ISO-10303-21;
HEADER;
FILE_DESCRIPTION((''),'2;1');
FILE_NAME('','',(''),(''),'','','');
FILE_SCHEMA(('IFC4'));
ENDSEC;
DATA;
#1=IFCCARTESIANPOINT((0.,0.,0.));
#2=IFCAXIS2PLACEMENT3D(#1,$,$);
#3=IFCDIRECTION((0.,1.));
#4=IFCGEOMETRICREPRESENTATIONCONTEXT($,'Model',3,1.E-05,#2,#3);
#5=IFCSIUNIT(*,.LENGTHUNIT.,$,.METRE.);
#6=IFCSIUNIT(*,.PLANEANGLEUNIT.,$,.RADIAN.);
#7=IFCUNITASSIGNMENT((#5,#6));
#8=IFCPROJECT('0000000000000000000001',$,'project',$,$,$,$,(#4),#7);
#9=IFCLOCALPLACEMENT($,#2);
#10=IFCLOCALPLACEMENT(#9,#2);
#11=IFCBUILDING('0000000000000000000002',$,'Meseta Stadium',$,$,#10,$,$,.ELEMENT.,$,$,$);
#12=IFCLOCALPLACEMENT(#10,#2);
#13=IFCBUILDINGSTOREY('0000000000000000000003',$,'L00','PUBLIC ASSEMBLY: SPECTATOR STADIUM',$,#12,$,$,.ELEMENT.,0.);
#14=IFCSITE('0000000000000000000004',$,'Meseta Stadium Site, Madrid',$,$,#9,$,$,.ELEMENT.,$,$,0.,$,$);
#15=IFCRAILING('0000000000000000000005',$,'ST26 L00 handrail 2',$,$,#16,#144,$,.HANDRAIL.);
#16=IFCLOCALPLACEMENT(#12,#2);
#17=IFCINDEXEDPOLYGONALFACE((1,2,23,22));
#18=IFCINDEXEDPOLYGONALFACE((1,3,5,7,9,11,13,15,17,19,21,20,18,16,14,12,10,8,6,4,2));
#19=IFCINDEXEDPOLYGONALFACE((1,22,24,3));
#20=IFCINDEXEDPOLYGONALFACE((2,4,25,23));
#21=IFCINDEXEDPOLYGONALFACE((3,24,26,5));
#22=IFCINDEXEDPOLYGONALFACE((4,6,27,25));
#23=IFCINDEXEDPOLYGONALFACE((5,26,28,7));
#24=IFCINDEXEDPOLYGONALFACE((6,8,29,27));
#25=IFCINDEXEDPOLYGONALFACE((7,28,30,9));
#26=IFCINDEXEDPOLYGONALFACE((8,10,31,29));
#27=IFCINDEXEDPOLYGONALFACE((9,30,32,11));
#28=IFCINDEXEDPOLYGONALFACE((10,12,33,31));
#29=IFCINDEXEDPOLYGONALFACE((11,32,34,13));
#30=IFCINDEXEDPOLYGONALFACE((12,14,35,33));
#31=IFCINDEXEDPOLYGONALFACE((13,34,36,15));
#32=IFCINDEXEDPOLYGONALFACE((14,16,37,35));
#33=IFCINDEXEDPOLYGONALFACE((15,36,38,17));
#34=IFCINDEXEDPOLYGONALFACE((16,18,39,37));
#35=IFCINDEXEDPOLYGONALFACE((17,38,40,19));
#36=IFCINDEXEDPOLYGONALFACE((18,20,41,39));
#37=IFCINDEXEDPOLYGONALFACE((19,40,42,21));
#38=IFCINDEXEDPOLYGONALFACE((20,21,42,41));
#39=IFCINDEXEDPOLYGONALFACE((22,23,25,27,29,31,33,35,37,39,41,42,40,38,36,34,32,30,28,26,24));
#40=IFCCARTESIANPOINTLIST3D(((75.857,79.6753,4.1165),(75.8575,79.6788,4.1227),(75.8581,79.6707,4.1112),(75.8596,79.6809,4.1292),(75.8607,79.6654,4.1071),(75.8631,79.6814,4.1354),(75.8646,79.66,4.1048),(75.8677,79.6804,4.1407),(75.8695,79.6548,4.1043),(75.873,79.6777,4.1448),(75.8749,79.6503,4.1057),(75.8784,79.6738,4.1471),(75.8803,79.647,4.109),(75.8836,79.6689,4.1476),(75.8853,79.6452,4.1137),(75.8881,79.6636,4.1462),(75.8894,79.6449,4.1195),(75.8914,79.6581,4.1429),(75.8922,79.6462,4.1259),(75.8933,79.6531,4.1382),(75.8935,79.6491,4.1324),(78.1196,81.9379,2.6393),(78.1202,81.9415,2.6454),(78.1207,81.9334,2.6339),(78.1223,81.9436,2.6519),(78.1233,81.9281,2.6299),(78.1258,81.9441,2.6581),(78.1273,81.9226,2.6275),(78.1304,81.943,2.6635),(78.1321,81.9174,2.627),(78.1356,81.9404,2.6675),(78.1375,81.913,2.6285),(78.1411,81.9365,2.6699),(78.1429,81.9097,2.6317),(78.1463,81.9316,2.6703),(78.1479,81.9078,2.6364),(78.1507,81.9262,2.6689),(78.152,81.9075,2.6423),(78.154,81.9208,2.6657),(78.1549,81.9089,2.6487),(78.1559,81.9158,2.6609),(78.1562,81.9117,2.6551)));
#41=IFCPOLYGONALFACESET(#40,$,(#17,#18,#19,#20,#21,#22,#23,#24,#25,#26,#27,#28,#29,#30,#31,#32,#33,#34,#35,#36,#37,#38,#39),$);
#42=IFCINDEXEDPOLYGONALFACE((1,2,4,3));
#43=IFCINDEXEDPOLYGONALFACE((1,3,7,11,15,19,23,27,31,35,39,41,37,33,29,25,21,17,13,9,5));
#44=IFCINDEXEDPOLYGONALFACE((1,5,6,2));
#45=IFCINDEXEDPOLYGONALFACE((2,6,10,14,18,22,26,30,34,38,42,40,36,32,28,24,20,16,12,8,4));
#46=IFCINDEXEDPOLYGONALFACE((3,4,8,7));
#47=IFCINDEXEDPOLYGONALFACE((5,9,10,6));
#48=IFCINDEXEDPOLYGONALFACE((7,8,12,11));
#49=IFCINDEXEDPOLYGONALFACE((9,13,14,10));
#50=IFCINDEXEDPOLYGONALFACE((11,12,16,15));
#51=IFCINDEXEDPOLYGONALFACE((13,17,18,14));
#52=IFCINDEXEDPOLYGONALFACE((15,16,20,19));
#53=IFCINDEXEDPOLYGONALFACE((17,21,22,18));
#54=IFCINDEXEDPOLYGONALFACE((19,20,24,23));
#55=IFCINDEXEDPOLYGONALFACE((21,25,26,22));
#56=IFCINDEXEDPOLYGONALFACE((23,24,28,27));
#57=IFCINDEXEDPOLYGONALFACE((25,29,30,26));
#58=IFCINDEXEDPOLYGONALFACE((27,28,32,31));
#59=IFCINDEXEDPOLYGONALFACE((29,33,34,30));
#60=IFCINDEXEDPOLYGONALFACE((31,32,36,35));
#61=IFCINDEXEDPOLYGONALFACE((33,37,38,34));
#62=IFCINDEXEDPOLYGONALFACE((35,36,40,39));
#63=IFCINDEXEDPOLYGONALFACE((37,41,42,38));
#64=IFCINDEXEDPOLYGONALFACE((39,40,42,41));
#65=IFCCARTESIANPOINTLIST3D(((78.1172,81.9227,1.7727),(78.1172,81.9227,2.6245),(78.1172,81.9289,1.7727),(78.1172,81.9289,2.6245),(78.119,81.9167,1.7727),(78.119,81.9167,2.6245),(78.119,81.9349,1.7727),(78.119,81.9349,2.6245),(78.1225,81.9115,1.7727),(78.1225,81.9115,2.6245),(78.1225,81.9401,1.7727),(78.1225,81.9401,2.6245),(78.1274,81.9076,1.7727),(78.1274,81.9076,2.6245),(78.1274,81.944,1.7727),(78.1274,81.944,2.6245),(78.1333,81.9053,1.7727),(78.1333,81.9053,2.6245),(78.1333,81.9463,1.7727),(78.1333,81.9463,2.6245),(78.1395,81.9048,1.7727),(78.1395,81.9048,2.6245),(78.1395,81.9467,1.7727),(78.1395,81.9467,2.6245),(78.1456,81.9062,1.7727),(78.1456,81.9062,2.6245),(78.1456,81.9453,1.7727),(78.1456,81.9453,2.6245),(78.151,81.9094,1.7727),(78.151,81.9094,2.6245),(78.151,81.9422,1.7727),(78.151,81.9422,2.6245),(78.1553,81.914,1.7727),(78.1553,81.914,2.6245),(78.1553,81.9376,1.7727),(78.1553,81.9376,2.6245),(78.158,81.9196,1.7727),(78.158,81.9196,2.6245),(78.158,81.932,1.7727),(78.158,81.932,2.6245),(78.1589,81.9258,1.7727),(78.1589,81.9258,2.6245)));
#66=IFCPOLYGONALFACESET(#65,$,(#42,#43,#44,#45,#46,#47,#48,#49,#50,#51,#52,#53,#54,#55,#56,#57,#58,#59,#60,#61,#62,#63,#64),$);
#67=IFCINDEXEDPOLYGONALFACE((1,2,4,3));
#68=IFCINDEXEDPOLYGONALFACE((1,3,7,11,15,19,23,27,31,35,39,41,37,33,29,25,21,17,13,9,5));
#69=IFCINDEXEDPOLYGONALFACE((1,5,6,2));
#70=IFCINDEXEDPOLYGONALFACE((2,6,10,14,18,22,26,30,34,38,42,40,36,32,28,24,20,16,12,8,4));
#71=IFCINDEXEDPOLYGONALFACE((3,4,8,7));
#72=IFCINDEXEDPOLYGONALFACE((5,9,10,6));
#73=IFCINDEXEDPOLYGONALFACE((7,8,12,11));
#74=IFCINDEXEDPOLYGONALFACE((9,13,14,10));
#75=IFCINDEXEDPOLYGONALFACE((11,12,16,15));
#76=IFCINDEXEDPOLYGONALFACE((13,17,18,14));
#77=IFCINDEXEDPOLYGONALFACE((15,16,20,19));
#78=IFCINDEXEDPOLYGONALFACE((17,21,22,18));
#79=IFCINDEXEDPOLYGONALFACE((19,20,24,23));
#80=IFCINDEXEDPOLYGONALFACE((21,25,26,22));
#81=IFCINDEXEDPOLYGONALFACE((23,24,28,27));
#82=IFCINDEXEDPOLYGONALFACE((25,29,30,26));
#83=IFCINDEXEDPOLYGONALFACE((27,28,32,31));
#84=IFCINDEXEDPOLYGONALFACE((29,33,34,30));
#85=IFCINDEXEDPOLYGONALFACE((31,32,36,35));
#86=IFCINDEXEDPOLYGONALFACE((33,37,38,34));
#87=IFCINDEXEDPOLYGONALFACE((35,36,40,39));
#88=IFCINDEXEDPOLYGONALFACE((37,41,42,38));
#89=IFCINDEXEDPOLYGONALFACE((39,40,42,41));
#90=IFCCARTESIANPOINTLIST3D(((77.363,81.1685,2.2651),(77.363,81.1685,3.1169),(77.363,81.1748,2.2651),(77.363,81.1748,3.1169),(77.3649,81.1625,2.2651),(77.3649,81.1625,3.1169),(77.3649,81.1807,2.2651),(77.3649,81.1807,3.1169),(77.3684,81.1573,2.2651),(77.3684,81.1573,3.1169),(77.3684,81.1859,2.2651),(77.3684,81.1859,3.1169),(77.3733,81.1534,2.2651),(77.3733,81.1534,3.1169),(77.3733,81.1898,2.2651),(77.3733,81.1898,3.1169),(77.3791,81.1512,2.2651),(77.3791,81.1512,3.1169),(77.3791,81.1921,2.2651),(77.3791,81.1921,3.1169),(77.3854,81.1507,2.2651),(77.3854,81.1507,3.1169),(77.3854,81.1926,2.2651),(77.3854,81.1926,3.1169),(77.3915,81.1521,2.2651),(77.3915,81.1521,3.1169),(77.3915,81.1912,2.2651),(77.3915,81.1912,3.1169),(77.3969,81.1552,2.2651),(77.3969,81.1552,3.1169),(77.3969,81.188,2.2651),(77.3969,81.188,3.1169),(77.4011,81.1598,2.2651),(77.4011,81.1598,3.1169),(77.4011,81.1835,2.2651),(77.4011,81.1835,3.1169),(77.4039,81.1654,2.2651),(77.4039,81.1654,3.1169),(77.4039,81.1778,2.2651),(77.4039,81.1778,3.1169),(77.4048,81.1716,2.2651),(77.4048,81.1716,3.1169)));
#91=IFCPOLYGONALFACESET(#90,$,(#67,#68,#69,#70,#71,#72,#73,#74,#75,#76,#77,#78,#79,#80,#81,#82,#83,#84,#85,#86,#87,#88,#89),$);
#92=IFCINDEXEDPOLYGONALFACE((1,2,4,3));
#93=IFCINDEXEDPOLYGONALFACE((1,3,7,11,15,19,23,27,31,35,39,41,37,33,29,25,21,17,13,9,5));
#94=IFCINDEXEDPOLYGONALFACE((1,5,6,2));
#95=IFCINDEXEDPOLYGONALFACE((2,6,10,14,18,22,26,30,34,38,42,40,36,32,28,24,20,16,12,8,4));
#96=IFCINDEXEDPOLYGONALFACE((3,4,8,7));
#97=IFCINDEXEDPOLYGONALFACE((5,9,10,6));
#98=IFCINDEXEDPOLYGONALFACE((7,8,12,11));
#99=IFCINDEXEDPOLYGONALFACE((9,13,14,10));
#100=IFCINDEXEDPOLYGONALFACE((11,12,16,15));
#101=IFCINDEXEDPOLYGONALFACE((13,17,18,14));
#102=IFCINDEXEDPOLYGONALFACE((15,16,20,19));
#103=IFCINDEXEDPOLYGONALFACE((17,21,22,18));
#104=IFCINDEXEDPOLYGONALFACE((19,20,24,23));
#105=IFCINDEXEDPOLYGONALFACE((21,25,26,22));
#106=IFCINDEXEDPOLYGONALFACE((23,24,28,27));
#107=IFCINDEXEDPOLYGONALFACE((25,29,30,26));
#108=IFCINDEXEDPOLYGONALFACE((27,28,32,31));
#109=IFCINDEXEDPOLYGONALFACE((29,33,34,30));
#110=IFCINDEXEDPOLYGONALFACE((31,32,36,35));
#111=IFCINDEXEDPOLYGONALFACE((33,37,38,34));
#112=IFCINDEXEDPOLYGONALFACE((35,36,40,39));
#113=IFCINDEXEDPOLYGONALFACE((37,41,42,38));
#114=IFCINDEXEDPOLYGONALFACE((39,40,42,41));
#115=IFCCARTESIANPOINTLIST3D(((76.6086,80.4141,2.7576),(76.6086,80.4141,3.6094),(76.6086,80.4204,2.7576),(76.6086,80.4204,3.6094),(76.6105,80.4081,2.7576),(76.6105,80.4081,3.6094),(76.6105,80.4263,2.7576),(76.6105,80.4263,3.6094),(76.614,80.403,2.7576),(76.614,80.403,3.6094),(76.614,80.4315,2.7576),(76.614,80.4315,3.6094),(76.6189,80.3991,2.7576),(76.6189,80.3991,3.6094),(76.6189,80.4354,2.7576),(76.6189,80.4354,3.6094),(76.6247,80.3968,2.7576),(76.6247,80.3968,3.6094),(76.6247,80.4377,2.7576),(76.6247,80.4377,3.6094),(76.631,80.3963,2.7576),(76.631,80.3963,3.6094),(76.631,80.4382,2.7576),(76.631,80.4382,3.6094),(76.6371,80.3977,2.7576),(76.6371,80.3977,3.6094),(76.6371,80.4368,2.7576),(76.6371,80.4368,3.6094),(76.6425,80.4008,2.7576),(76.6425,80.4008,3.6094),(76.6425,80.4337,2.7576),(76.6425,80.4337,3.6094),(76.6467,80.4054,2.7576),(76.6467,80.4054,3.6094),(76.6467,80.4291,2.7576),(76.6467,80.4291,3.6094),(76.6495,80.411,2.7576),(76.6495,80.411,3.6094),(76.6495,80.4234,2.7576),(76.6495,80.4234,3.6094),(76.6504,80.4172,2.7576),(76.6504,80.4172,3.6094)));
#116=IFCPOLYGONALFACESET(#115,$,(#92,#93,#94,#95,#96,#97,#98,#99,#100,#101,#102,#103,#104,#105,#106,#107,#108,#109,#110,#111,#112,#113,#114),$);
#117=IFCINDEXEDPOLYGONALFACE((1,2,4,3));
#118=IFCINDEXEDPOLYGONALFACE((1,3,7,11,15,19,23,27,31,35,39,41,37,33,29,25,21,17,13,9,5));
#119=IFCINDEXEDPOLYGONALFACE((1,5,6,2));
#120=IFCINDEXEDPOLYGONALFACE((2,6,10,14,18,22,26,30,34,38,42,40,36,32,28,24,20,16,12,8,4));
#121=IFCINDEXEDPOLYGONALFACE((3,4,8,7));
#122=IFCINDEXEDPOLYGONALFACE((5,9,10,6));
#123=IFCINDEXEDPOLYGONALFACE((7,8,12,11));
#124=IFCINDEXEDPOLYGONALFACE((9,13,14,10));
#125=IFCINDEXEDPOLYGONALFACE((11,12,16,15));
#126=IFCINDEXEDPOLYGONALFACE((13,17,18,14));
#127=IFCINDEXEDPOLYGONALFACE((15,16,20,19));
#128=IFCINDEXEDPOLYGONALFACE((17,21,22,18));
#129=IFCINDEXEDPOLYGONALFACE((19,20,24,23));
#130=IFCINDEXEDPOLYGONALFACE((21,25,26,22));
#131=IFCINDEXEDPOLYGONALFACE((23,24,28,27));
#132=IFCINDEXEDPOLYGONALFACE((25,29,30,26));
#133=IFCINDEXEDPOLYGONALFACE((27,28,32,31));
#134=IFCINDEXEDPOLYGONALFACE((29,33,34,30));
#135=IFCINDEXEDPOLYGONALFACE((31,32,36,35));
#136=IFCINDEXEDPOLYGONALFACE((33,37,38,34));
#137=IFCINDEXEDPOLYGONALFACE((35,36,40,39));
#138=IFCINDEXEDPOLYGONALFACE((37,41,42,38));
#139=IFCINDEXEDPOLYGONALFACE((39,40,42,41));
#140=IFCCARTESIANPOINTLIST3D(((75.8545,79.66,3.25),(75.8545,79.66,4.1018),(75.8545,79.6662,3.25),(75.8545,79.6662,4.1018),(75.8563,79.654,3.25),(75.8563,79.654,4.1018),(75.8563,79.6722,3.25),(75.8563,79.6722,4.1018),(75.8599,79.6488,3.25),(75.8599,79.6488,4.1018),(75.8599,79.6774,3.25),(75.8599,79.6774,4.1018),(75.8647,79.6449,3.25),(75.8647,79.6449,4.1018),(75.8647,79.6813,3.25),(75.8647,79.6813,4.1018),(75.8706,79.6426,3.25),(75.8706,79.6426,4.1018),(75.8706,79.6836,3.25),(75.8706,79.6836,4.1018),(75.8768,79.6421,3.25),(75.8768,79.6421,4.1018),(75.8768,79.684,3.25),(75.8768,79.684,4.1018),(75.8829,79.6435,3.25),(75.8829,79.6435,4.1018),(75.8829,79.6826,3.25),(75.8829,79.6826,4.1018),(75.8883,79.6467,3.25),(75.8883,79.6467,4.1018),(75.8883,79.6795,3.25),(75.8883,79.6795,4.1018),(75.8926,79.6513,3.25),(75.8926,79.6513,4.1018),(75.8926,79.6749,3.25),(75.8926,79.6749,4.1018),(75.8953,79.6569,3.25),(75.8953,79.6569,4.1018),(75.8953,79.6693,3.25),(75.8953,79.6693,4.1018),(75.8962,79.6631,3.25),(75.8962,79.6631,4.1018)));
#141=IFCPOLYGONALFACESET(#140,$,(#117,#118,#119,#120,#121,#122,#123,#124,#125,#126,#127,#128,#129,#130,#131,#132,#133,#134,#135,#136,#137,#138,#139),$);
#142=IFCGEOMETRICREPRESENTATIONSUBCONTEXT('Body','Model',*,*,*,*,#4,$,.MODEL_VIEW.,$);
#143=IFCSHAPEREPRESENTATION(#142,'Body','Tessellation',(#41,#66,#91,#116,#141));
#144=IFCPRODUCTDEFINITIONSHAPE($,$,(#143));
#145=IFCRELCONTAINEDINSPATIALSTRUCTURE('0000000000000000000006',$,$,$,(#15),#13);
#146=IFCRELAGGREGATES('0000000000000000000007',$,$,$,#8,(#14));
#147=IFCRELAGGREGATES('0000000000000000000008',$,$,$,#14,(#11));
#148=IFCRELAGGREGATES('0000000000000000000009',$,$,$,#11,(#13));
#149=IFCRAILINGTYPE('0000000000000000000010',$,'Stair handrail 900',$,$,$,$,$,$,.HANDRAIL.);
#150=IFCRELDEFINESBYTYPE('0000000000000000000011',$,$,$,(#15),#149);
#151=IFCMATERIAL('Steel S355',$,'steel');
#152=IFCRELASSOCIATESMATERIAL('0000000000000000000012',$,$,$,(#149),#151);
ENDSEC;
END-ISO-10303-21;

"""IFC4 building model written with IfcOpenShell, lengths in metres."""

from ifc_helpers import new_model, si_unit, direction, frame, origin, origin_2d, place, context, subcontext, project, spatial, circle, extrude, material, type_object, element, save


model = new_model("IFC4")

# Units and contexts
model_context = context("Model", 3, precision=1e-05, world=origin(), true_north=direction((0.0, 1.0)))
body_context = subcontext(model_context, "Body", "Model", "MODEL_VIEW")
ifc_project = project(units=[si_unit("LENGTHUNIT", "METRE"), si_unit("PLANEANGLEUNIT", "RADIAN")], contexts=[model_context])

# Site, building, storey
site_placement = place(None, origin())
site = spatial("IfcSite", under=ifc_project, at=site_placement, Name="Meseta Stadium Site, Madrid", CompositionType="ELEMENT", RefElevation=0.0)
building_placement = place(site_placement, origin())
building = spatial("IfcBuilding", under=site, at=building_placement, Name="Meseta Stadium", CompositionType="ELEMENT")
storey_placement = place(building_placement, origin())
storey = spatial("IfcBuildingStorey", under=building, at=storey_placement, Name="L00", Description="PUBLIC ASSEMBLY: SPECTATOR STADIUM", CompositionType="ELEMENT", Elevation=0.0)

# Railing
ifc_material_1 = material(Name="Steel S355", Category="steel")
railing_type_1 = type_object("IfcRailingType", Name="Stair handrail 900", PredefinedType="HANDRAIL", material=ifc_material_1)
for number, where, name in (
    (1, (78.1379, 81.9258, 1.7727), "ST26 L00 handrail 2"),
):
    element("IfcRailing", number, at=place(storey_placement, frame(where)), inside=storey, type_object=railing_type_1, Name=name, PredefinedType="HANDRAIL", context=body_context, shape_type="SweptSolid", body=[
        extrude(circle(Radius=0.0239, at=origin_2d()), frame((0.0, 0.0, 0.876), z_axis=(-0.641994, -0.641994, 0.419152), x_axis=(0.707107, -0.707107, 0.0)), (0.0, 0.0, 1.0), 3.5244),
        extrude(circle(Radius=0.021, at=origin_2d()), origin(), (0.0, 0.0, 1.0), 0.8518),
        extrude(circle(Radius=0.021, at=origin_2d()), frame((-0.7542, -0.7542, 0.4924)), (0.0, 0.0, 1.0), 0.8518),
        extrude(circle(Radius=0.021, at=origin_2d()), frame((-1.5085, -1.5085, 0.9849)), (0.0, 0.0, 1.0), 0.8518),
        extrude(circle(Radius=0.021, at=origin_2d()), frame((-2.2627, -2.2627, 1.4773)), (0.0, 0.0, 1.0), 0.8518),
    ])

save(model, "model.ifc")
